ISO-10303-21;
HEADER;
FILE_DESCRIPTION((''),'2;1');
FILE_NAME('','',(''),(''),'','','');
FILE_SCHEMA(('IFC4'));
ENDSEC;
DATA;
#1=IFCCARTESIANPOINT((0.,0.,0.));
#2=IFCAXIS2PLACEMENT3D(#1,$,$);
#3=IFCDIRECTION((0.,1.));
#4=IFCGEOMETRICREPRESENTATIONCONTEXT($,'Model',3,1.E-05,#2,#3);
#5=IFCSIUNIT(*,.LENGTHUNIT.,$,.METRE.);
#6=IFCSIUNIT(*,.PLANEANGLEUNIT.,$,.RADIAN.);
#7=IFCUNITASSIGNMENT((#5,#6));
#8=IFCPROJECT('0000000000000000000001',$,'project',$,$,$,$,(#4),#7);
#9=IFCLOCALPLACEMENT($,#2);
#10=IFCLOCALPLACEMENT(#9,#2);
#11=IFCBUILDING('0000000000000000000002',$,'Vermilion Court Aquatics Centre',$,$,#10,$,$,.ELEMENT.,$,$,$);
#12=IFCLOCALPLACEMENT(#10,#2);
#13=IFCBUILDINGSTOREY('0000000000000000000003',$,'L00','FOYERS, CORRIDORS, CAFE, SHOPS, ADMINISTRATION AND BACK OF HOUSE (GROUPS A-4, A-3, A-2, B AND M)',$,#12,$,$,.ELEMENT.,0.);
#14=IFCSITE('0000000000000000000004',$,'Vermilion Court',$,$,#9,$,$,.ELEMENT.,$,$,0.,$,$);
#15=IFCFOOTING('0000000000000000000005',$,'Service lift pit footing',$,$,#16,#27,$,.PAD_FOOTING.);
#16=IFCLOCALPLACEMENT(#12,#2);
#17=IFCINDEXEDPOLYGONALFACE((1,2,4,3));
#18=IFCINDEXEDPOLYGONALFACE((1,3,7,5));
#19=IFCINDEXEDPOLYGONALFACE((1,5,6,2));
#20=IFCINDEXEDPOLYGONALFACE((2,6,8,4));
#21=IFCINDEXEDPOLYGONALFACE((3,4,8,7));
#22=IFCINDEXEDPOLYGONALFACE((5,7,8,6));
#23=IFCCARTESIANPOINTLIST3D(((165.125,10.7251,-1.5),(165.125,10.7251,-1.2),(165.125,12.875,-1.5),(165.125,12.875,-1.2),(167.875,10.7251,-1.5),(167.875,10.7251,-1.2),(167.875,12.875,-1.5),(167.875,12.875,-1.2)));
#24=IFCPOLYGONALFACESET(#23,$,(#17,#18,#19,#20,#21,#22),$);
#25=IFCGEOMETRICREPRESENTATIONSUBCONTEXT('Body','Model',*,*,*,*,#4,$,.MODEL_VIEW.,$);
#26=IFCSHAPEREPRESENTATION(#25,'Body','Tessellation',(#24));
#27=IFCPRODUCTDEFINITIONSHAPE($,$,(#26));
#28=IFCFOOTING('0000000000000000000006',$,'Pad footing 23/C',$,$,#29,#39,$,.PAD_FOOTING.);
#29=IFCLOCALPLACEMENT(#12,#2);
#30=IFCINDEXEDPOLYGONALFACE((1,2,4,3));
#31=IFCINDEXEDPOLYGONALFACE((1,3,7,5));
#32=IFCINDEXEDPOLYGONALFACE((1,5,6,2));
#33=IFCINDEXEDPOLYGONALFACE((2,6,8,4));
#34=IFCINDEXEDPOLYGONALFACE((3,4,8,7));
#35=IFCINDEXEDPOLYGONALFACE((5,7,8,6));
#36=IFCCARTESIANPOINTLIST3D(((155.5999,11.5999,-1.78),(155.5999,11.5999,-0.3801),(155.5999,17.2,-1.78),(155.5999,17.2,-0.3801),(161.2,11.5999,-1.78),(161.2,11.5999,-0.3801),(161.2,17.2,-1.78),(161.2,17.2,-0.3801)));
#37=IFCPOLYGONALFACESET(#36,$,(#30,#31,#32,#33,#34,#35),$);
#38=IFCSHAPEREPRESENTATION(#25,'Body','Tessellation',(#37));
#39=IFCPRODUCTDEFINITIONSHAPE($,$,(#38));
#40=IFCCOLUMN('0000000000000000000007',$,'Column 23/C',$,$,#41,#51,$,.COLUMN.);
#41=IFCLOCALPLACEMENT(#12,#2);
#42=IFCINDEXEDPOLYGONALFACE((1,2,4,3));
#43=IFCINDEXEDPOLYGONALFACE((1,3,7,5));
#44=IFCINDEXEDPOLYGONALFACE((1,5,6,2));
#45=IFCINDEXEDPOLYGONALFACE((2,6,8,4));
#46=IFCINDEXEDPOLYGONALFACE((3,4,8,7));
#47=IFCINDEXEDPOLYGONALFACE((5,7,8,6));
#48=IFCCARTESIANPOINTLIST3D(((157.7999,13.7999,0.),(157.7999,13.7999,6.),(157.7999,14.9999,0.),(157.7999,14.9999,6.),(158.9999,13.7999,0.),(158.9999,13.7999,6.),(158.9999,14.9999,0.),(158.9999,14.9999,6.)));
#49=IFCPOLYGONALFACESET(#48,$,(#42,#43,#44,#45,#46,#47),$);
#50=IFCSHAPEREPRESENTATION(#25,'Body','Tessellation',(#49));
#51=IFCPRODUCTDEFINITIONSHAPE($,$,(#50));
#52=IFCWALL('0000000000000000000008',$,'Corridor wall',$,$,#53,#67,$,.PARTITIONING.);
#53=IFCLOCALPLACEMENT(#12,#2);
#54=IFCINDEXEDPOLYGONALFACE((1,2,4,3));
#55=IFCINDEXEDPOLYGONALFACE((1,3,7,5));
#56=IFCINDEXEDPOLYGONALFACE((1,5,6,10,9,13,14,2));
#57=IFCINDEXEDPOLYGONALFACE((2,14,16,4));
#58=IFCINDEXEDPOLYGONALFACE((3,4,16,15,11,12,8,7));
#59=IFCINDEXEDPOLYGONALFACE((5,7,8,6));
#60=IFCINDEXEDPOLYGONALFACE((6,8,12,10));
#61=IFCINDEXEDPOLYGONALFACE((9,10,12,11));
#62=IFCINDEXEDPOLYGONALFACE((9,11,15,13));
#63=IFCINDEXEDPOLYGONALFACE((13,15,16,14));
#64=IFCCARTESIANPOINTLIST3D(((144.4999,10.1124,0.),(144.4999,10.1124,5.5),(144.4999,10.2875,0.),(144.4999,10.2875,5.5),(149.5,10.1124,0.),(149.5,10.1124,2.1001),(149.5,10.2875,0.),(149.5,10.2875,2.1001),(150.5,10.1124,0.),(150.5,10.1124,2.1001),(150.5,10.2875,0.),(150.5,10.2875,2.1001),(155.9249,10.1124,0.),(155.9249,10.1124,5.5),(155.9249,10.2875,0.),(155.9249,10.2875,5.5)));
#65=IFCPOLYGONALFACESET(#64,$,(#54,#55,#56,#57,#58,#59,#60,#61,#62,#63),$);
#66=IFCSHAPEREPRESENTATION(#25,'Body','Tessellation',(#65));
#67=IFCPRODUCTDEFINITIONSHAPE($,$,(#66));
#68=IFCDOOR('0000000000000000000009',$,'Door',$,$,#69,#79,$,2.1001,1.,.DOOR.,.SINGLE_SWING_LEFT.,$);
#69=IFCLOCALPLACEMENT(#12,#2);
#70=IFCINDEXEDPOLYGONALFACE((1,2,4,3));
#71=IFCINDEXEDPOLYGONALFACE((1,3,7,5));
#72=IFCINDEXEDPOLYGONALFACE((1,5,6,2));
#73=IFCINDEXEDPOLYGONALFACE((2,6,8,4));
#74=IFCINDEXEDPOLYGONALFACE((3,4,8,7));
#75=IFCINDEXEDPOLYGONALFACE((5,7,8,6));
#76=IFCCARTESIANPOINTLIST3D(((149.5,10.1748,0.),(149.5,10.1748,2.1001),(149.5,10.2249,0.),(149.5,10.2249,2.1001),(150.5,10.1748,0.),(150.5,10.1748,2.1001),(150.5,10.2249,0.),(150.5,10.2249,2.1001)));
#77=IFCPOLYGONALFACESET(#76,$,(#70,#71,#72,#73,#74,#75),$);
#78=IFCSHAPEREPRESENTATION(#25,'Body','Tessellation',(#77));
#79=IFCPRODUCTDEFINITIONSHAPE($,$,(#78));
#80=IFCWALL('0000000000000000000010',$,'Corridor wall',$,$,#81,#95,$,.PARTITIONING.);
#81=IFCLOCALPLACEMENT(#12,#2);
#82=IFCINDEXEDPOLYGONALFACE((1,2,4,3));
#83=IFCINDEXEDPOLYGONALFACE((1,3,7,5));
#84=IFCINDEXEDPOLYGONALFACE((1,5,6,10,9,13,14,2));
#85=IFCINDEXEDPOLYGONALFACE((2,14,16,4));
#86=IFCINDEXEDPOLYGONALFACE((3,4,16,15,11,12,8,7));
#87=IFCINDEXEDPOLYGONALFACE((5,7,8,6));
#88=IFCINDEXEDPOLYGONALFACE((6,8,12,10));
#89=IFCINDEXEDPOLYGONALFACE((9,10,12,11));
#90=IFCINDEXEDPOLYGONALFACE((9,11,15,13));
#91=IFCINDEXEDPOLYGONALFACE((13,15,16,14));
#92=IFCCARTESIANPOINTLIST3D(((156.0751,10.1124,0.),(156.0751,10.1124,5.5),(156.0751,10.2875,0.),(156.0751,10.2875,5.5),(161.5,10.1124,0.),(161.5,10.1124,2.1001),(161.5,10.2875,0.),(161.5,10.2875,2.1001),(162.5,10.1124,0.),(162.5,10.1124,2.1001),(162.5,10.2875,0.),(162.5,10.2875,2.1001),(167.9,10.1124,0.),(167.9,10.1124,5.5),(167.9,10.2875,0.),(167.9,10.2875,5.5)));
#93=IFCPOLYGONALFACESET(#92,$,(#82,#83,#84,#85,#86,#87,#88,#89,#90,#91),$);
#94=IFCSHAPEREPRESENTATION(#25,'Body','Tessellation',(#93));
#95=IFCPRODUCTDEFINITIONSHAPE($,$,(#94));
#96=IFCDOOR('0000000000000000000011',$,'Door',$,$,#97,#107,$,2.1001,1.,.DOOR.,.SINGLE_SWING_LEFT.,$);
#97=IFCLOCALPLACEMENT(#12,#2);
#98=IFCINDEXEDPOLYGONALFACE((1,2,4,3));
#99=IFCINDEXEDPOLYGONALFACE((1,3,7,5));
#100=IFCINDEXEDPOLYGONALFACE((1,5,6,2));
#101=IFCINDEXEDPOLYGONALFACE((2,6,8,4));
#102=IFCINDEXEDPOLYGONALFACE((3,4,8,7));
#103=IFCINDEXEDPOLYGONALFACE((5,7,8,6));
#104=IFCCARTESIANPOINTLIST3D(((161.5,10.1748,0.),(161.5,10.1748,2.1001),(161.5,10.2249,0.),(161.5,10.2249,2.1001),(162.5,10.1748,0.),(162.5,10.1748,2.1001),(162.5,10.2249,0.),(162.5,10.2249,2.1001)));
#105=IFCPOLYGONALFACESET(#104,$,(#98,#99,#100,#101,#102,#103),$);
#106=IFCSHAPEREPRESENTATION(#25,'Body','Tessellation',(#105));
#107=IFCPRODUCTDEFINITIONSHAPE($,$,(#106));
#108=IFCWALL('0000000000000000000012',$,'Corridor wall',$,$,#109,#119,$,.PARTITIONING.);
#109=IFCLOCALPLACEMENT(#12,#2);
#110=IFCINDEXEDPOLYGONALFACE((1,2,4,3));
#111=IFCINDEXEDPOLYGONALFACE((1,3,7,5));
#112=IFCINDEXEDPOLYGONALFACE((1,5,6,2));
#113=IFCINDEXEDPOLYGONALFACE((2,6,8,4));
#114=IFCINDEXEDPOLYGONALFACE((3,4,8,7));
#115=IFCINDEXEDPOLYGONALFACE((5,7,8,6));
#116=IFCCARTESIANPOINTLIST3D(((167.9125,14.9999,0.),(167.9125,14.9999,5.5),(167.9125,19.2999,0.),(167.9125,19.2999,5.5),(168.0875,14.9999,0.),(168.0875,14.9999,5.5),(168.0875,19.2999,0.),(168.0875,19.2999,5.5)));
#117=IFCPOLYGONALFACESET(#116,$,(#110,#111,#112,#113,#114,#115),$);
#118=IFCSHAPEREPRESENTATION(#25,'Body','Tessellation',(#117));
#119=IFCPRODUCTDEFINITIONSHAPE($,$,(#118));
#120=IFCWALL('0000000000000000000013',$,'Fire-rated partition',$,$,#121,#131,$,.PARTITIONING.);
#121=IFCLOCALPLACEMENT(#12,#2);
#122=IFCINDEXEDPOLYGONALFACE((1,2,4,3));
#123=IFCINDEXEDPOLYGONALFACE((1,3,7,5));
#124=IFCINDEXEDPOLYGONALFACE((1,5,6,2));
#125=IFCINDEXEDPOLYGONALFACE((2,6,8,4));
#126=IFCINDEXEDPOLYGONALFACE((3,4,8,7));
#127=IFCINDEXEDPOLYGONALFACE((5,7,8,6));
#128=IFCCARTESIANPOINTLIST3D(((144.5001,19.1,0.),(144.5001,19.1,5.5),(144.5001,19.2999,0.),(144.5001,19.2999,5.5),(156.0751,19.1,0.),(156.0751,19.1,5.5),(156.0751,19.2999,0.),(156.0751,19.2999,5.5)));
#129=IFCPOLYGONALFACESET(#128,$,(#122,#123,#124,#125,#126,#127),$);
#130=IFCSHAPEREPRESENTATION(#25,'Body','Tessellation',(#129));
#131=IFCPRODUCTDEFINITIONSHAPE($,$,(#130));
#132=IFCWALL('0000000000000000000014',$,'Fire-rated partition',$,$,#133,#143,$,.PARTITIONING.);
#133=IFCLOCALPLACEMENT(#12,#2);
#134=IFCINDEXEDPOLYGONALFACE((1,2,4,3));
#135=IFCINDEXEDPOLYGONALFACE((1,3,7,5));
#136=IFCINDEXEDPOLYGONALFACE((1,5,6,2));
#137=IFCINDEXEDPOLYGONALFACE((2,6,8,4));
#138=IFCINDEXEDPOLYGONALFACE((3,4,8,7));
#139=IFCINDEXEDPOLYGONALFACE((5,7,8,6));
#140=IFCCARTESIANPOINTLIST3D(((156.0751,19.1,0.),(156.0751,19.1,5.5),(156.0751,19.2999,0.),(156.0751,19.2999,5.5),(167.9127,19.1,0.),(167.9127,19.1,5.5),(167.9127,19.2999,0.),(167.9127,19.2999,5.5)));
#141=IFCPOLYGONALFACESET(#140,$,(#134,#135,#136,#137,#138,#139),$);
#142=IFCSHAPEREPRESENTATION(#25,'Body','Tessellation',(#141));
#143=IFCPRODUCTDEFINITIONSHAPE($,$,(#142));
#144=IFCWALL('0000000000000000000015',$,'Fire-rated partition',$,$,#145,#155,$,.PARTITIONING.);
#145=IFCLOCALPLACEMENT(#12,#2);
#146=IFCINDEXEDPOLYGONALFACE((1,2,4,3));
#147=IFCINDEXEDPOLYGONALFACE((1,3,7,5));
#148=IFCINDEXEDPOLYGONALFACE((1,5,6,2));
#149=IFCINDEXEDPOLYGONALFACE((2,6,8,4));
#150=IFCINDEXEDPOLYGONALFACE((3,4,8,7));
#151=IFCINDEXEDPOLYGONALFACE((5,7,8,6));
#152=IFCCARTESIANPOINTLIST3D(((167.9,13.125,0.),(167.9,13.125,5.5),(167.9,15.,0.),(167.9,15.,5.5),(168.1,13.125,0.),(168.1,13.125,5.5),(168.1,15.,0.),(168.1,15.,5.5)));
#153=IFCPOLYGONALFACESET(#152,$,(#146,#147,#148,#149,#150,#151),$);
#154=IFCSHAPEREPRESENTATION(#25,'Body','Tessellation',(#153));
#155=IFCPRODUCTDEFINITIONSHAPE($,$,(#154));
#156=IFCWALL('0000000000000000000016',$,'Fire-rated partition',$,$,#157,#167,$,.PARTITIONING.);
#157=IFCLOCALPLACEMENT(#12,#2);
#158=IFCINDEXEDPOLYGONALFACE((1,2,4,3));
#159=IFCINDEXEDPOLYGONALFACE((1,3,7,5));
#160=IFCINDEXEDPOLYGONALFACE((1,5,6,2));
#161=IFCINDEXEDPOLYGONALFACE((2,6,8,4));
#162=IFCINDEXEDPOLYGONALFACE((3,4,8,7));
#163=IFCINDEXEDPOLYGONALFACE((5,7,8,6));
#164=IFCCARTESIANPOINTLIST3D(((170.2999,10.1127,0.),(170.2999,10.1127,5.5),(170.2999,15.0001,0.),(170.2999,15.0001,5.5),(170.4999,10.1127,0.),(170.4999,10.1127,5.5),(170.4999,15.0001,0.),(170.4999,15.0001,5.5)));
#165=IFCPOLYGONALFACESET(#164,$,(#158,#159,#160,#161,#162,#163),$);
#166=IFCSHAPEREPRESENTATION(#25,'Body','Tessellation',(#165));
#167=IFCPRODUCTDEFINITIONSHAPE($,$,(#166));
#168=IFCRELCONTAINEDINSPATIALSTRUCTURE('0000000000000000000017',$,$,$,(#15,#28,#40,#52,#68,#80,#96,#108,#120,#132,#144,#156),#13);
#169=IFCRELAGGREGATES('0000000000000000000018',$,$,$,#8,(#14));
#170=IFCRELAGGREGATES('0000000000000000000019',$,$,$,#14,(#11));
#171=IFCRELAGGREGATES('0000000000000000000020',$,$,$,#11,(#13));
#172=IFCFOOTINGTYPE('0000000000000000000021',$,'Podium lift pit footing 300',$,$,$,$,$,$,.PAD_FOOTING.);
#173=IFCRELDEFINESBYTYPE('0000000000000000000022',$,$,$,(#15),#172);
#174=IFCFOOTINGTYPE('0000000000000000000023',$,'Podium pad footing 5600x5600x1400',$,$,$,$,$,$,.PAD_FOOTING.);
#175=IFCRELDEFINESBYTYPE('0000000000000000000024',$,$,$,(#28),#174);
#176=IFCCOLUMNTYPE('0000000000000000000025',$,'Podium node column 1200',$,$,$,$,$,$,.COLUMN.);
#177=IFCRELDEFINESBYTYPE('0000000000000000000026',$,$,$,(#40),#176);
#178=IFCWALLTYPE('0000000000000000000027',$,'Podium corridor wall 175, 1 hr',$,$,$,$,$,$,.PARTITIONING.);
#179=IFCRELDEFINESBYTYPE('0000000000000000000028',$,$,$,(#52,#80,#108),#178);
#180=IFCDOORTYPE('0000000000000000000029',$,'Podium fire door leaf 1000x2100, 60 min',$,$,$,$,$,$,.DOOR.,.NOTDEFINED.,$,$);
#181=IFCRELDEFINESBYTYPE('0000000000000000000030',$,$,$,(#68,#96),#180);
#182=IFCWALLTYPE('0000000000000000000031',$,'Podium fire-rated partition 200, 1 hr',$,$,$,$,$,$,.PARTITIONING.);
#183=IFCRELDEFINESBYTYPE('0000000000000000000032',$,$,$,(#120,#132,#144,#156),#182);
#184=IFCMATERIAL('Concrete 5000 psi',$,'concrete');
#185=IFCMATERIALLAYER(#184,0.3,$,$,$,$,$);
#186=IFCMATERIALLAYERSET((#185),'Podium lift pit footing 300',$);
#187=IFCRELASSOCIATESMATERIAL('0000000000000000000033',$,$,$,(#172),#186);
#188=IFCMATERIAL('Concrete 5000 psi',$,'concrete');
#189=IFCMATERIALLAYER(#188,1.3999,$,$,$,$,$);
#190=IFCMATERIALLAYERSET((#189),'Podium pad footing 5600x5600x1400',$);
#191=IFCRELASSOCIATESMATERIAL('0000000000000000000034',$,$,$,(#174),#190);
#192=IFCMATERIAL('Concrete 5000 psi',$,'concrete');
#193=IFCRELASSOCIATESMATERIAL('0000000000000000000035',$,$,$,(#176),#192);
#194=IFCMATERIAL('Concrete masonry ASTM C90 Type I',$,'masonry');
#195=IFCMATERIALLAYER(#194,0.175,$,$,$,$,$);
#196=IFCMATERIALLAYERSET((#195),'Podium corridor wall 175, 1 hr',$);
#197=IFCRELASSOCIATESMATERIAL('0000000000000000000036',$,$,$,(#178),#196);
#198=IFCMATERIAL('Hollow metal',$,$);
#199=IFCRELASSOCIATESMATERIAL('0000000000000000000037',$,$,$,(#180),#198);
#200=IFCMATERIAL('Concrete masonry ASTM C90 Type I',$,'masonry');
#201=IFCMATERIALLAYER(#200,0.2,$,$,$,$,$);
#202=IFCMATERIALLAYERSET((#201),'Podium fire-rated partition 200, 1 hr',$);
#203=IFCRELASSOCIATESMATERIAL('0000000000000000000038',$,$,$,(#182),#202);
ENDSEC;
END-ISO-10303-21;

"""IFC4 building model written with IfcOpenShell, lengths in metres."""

from ifc_helpers import new_model, si_unit, direction, frame, frame_2d, origin, origin_2d, place, context, subcontext, project, spatial, rectangle, extrude, material, layer, layer_set, material_profile, profile_set, type_object, element, fill, save


model = new_model("IFC4")

# Units and contexts
model_context = context("Model", 3, precision=1e-05, world=origin(), true_north=direction((0.0, 1.0)))
body_context = subcontext(model_context, "Body", "Model", "MODEL_VIEW")
ifc_project = project(units=[si_unit("LENGTHUNIT", "METRE"), si_unit("PLANEANGLEUNIT", "RADIAN")], contexts=[model_context])

# Site, building, storey
site_placement = place(None, origin())
site = spatial("IfcSite", under=ifc_project, at=site_placement, Name="Vermilion Court", CompositionType="ELEMENT", RefElevation=0.0)
building_placement = place(site_placement, origin())
building = spatial("IfcBuilding", under=site, at=building_placement, Name="Vermilion Court Aquatics Centre", CompositionType="ELEMENT")
storey_placement = place(building_placement, origin())
storey = spatial("IfcBuildingStorey", under=building, at=storey_placement, Name="L00", Description="FOYERS, CORRIDORS, CAFE, SHOPS, ADMINISTRATION AND BACK OF HOUSE (GROUPS A-4, A-3, A-2, B AND M)", CompositionType="ELEMENT", Elevation=0.0)

# Footings
ifc_material_1 = material(Name="Concrete 5000 psi", Category="concrete")
ifc_layer_1 = layer(ifc_material_1, 0.3)
ifc_layer_set_1 = layer_set([ifc_layer_1], Name="Podium lift pit footing 300")
footing_type_1 = type_object("IfcFootingType", Name="Podium lift pit footing 300", PredefinedType="PAD_FOOTING", material=ifc_layer_set_1)
footing_1_placement = place(storey_placement, frame((166.5, 11.8, -1.5), z_axis=(0.0, 0.0, 1.0), x_axis=(1.0, 0.0, 0.0)))
element("IfcFooting", 1, at=footing_1_placement, inside=storey, type_object=footing_type_1, Name="Service lift pit footing", PredefinedType="PAD_FOOTING", context=body_context, shape_type="SweptSolid", body=[
    extrude(rectangle(XDim=2.75, YDim=2.1499, at=origin_2d()), origin(), (0.0, 0.0, 1.0), 0.3),
])
ifc_material_2 = material(Name="Concrete 5000 psi", Category="concrete")
ifc_layer_2 = layer(ifc_material_2, 1.3999)
ifc_layer_set_2 = layer_set([ifc_layer_2], Name="Podium pad footing 5600x5600x1400")
footing_type_2 = type_object("IfcFootingType", Name="Podium pad footing 5600x5600x1400", PredefinedType="PAD_FOOTING", material=ifc_layer_set_2)
footing_2_placement = place(storey_placement, frame((158.3999, 14.3999, -1.78), z_axis=(0.0, 0.0, 1.0), x_axis=(1.0, 0.0, 0.0)))
element("IfcFooting", 2, at=footing_2_placement, inside=storey, type_object=footing_type_2, Name="Pad footing 23/C", PredefinedType="PAD_FOOTING", context=body_context, shape_type="SweptSolid", body=[
    extrude(rectangle(XDim=5.6001, YDim=5.6001, at=origin_2d()), origin(), (0.0, 0.0, 1.0), 1.3999),
])

# Column
ifc_material_3 = material(Name="Concrete 5000 psi", Category="concrete")
ifc_material_profile = material_profile(ifc_material_3, rectangle(XDim=1.2, YDim=1.2, at=origin_2d()), Name="RC 1200x1200")
ifc_profile_set = profile_set([ifc_material_profile], Name="Concrete 5000 psi")
column_type = type_object("IfcColumnType", Name="Podium node column 1200", PredefinedType="COLUMN", material=ifc_profile_set)
column_placement = place(storey_placement, frame((158.3999, 14.3999, 0.0), z_axis=(0.0, 0.0, 1.0), x_axis=(1.0, 0.0, 0.0)))
element("IfcColumn", 3, at=column_placement, inside=storey, type_object=column_type, Name="Column 23/C", PredefinedType="COLUMN", context=body_context, shape_type="SweptSolid", body=[
    extrude(rectangle(XDim=1.2, YDim=1.2, at=origin_2d()), origin(), (0.0, 0.0, 1.0), 6.0),
])

# Walls, openings, doors
ifc_material_4 = material(Name="Concrete masonry ASTM C90 Type I", Category="masonry")
ifc_layer_3 = layer(ifc_material_4, 0.175)
ifc_layer_set_3 = layer_set([ifc_layer_3], Name="Podium corridor wall 175, 1 hr")
wall_type_1 = type_object("IfcWallType", Name="Podium corridor wall 175, 1 hr", PredefinedType="PARTITIONING", material=ifc_layer_set_3)
wall_1_placement = place(storey_placement, frame((144.5, 10.2, 0.0), z_axis=(0.0, 0.0, 1.0), x_axis=(1.0, 0.0, 0.0)))
wall_1 = element("IfcWall", 4, at=wall_1_placement, inside=storey, type_object=wall_type_1, Name="Corridor wall", PredefinedType="PARTITIONING", context=body_context, shape_type="SweptSolid", body=[
    extrude(rectangle(XDim=11.425, YDim=0.175, at=frame_2d((5.7124, 0.0))), origin(), (0.0, 0.0, 1.0), 5.5),
])
opening_1_placement = place(wall_1_placement, frame((5.0, 0.0, 0.0)))
opening_1 = element("IfcOpeningElement", 5, at=opening_1_placement, cuts=wall_1, PredefinedType="OPENING", context=body_context, shape_type="SweptSolid", body=[
    extrude(rectangle(XDim=1.0, YDim=2.1001, at=frame_2d((0.5, 1.05))), frame((0.0, 0.0974, 0.0), z_axis=(0.0, -1.0, 0.0), x_axis=(1.0, 0.0, 0.0)), (0.0, 0.0, 1.0), 0.1951),
])
ifc_material_5 = material(Name="Hollow metal")
door_type_1 = type_object("IfcDoorType", Name="Podium fire door leaf 1000x2100, 60 min", OperationType="NOTDEFINED", PredefinedType="DOOR", material=ifc_material_5)
door_1_placement = place(opening_1_placement, origin())
door_1 = element("IfcDoor", 6, at=door_1_placement, inside=storey, type_object=door_type_1, Name="Door", OperationType="SINGLE_SWING_LEFT", OverallHeight=2.1001, OverallWidth=1.0, PredefinedType="DOOR", context=body_context, shape_type="SweptSolid", body=[
    extrude(rectangle(XDim=1.0, YDim=2.1001, at=frame_2d((0.5, 1.05))), frame((0.0, 0.0249, 0.0), z_axis=(0.0, -1.0, 0.0), x_axis=(1.0, 0.0, 0.0)), (0.0, 0.0, 1.0), 0.05),
])
fill(opening_1, door_1)
wall_2_placement = place(storey_placement, frame((156.075, 10.2, 0.0), z_axis=(0.0, 0.0, 1.0), x_axis=(1.0, 0.0, 0.0)))
wall_2 = element("IfcWall", 7, at=wall_2_placement, inside=storey, type_object=wall_type_1, Name="Corridor wall", PredefinedType="PARTITIONING", context=body_context, shape_type="SweptSolid", body=[
    extrude(rectangle(XDim=11.825, YDim=0.175, at=frame_2d((5.9126, 0.0))), origin(), (0.0, 0.0, 1.0), 5.5),
])
opening_2_placement = place(wall_2_placement, frame((5.425, 0.0, 0.0)))
opening_2 = element("IfcOpeningElement", 8, at=opening_2_placement, cuts=wall_2, PredefinedType="OPENING", context=body_context, shape_type="SweptSolid", body=[
    extrude(rectangle(XDim=1.0, YDim=2.1001, at=frame_2d((0.5, 1.05))), frame((0.0, 0.0974, 0.0), z_axis=(0.0, -1.0, 0.0), x_axis=(1.0, 0.0, 0.0)), (0.0, 0.0, 1.0), 0.1951),
])
door_2_placement = place(opening_2_placement, origin())
door_2 = element("IfcDoor", 9, at=door_2_placement, inside=storey, type_object=door_type_1, Name="Door", OperationType="SINGLE_SWING_LEFT", OverallHeight=2.1001, OverallWidth=1.0, PredefinedType="DOOR", context=body_context, shape_type="SweptSolid", body=[
    extrude(rectangle(XDim=1.0, YDim=2.1001, at=frame_2d((0.5, 1.05))), frame((0.0, 0.0249, 0.0), z_axis=(0.0, -1.0, 0.0), x_axis=(1.0, 0.0, 0.0)), (0.0, 0.0, 1.0), 0.05),
])
fill(opening_2, door_2)

# Walls
wall_3_placement = place(storey_placement, frame((168.0, 15.0, 0.0), z_axis=(0.0, 0.0, 1.0), x_axis=(0.0, 1.0, 0.0)))
element("IfcWall", 10, at=wall_3_placement, inside=storey, type_object=wall_type_1, Name="Corridor wall", PredefinedType="PARTITIONING", context=body_context, shape_type="SweptSolid", body=[
    extrude(rectangle(XDim=4.3, YDim=0.175, at=frame_2d((2.1499, 0.0))), origin(), (0.0, 0.0, 1.0), 5.5),
])
ifc_material_6 = material(Name="Concrete masonry ASTM C90 Type I", Category="masonry")
ifc_layer_4 = layer(ifc_material_6, 0.2)
ifc_layer_set_4 = layer_set([ifc_layer_4], Name="Podium fire-rated partition 200, 1 hr")
wall_type_2 = type_object("IfcWallType", Name="Podium fire-rated partition 200, 1 hr", PredefinedType="PARTITIONING", material=ifc_layer_set_4)
wall_4_placement = place(storey_placement, frame((144.5, 19.2, 0.0), z_axis=(0.0, 0.0, 1.0), x_axis=(1.0, 0.0, 0.0)))
element("IfcWall", 11, at=wall_4_placement, inside=storey, type_object=wall_type_2, Name="Fire-rated partition", PredefinedType="PARTITIONING", context=body_context, shape_type="SweptSolid", body=[
    extrude(rectangle(XDim=11.575, YDim=0.2, at=frame_2d((5.7876, 0.0))), origin(), (0.0, 0.0, 1.0), 5.5),
])
wall_5_placement = place(storey_placement, frame((156.075, 19.2, 0.0), z_axis=(0.0, 0.0, 1.0), x_axis=(1.0, 0.0, 0.0)))
element("IfcWall", 12, at=wall_5_placement, inside=storey, type_object=wall_type_2, Name="Fire-rated partition", PredefinedType="PARTITIONING", context=body_context, shape_type="SweptSolid", body=[
    extrude(rectangle(XDim=11.8376, YDim=0.2, at=frame_2d((5.9189, 0.0))), origin(), (0.0, 0.0, 1.0), 5.5),
])
wall_6_placement = place(storey_placement, frame((168.0, 13.125, 0.0), z_axis=(0.0, 0.0, 1.0), x_axis=(0.0, 1.0, 0.0)))
element("IfcWall", 13, at=wall_6_placement, inside=storey, type_object=wall_type_2, Name="Fire-rated partition", PredefinedType="PARTITIONING", context=body_context, shape_type="SweptSolid", body=[
    extrude(rectangle(XDim=1.875, YDim=0.2, at=frame_2d((0.9375, 0.0))), origin(), (0.0, 0.0, 1.0), 5.5),
])
wall_7_placement = place(storey_placement, frame((170.3999, 10.1125, 0.0), z_axis=(0.0, 0.0, 1.0), x_axis=(0.0, 1.0, 0.0)))
element("IfcWall", 14, at=wall_7_placement, inside=storey, type_object=wall_type_2, Name="Fire-rated partition", PredefinedType="PARTITIONING", context=body_context, shape_type="SweptSolid", body=[
    extrude(rectangle(XDim=4.8875, YDim=0.2, at=frame_2d((2.4438, 0.0))), origin(), (0.0, 0.0, 1.0), 5.5),
])

save(model, "model.ifc")
